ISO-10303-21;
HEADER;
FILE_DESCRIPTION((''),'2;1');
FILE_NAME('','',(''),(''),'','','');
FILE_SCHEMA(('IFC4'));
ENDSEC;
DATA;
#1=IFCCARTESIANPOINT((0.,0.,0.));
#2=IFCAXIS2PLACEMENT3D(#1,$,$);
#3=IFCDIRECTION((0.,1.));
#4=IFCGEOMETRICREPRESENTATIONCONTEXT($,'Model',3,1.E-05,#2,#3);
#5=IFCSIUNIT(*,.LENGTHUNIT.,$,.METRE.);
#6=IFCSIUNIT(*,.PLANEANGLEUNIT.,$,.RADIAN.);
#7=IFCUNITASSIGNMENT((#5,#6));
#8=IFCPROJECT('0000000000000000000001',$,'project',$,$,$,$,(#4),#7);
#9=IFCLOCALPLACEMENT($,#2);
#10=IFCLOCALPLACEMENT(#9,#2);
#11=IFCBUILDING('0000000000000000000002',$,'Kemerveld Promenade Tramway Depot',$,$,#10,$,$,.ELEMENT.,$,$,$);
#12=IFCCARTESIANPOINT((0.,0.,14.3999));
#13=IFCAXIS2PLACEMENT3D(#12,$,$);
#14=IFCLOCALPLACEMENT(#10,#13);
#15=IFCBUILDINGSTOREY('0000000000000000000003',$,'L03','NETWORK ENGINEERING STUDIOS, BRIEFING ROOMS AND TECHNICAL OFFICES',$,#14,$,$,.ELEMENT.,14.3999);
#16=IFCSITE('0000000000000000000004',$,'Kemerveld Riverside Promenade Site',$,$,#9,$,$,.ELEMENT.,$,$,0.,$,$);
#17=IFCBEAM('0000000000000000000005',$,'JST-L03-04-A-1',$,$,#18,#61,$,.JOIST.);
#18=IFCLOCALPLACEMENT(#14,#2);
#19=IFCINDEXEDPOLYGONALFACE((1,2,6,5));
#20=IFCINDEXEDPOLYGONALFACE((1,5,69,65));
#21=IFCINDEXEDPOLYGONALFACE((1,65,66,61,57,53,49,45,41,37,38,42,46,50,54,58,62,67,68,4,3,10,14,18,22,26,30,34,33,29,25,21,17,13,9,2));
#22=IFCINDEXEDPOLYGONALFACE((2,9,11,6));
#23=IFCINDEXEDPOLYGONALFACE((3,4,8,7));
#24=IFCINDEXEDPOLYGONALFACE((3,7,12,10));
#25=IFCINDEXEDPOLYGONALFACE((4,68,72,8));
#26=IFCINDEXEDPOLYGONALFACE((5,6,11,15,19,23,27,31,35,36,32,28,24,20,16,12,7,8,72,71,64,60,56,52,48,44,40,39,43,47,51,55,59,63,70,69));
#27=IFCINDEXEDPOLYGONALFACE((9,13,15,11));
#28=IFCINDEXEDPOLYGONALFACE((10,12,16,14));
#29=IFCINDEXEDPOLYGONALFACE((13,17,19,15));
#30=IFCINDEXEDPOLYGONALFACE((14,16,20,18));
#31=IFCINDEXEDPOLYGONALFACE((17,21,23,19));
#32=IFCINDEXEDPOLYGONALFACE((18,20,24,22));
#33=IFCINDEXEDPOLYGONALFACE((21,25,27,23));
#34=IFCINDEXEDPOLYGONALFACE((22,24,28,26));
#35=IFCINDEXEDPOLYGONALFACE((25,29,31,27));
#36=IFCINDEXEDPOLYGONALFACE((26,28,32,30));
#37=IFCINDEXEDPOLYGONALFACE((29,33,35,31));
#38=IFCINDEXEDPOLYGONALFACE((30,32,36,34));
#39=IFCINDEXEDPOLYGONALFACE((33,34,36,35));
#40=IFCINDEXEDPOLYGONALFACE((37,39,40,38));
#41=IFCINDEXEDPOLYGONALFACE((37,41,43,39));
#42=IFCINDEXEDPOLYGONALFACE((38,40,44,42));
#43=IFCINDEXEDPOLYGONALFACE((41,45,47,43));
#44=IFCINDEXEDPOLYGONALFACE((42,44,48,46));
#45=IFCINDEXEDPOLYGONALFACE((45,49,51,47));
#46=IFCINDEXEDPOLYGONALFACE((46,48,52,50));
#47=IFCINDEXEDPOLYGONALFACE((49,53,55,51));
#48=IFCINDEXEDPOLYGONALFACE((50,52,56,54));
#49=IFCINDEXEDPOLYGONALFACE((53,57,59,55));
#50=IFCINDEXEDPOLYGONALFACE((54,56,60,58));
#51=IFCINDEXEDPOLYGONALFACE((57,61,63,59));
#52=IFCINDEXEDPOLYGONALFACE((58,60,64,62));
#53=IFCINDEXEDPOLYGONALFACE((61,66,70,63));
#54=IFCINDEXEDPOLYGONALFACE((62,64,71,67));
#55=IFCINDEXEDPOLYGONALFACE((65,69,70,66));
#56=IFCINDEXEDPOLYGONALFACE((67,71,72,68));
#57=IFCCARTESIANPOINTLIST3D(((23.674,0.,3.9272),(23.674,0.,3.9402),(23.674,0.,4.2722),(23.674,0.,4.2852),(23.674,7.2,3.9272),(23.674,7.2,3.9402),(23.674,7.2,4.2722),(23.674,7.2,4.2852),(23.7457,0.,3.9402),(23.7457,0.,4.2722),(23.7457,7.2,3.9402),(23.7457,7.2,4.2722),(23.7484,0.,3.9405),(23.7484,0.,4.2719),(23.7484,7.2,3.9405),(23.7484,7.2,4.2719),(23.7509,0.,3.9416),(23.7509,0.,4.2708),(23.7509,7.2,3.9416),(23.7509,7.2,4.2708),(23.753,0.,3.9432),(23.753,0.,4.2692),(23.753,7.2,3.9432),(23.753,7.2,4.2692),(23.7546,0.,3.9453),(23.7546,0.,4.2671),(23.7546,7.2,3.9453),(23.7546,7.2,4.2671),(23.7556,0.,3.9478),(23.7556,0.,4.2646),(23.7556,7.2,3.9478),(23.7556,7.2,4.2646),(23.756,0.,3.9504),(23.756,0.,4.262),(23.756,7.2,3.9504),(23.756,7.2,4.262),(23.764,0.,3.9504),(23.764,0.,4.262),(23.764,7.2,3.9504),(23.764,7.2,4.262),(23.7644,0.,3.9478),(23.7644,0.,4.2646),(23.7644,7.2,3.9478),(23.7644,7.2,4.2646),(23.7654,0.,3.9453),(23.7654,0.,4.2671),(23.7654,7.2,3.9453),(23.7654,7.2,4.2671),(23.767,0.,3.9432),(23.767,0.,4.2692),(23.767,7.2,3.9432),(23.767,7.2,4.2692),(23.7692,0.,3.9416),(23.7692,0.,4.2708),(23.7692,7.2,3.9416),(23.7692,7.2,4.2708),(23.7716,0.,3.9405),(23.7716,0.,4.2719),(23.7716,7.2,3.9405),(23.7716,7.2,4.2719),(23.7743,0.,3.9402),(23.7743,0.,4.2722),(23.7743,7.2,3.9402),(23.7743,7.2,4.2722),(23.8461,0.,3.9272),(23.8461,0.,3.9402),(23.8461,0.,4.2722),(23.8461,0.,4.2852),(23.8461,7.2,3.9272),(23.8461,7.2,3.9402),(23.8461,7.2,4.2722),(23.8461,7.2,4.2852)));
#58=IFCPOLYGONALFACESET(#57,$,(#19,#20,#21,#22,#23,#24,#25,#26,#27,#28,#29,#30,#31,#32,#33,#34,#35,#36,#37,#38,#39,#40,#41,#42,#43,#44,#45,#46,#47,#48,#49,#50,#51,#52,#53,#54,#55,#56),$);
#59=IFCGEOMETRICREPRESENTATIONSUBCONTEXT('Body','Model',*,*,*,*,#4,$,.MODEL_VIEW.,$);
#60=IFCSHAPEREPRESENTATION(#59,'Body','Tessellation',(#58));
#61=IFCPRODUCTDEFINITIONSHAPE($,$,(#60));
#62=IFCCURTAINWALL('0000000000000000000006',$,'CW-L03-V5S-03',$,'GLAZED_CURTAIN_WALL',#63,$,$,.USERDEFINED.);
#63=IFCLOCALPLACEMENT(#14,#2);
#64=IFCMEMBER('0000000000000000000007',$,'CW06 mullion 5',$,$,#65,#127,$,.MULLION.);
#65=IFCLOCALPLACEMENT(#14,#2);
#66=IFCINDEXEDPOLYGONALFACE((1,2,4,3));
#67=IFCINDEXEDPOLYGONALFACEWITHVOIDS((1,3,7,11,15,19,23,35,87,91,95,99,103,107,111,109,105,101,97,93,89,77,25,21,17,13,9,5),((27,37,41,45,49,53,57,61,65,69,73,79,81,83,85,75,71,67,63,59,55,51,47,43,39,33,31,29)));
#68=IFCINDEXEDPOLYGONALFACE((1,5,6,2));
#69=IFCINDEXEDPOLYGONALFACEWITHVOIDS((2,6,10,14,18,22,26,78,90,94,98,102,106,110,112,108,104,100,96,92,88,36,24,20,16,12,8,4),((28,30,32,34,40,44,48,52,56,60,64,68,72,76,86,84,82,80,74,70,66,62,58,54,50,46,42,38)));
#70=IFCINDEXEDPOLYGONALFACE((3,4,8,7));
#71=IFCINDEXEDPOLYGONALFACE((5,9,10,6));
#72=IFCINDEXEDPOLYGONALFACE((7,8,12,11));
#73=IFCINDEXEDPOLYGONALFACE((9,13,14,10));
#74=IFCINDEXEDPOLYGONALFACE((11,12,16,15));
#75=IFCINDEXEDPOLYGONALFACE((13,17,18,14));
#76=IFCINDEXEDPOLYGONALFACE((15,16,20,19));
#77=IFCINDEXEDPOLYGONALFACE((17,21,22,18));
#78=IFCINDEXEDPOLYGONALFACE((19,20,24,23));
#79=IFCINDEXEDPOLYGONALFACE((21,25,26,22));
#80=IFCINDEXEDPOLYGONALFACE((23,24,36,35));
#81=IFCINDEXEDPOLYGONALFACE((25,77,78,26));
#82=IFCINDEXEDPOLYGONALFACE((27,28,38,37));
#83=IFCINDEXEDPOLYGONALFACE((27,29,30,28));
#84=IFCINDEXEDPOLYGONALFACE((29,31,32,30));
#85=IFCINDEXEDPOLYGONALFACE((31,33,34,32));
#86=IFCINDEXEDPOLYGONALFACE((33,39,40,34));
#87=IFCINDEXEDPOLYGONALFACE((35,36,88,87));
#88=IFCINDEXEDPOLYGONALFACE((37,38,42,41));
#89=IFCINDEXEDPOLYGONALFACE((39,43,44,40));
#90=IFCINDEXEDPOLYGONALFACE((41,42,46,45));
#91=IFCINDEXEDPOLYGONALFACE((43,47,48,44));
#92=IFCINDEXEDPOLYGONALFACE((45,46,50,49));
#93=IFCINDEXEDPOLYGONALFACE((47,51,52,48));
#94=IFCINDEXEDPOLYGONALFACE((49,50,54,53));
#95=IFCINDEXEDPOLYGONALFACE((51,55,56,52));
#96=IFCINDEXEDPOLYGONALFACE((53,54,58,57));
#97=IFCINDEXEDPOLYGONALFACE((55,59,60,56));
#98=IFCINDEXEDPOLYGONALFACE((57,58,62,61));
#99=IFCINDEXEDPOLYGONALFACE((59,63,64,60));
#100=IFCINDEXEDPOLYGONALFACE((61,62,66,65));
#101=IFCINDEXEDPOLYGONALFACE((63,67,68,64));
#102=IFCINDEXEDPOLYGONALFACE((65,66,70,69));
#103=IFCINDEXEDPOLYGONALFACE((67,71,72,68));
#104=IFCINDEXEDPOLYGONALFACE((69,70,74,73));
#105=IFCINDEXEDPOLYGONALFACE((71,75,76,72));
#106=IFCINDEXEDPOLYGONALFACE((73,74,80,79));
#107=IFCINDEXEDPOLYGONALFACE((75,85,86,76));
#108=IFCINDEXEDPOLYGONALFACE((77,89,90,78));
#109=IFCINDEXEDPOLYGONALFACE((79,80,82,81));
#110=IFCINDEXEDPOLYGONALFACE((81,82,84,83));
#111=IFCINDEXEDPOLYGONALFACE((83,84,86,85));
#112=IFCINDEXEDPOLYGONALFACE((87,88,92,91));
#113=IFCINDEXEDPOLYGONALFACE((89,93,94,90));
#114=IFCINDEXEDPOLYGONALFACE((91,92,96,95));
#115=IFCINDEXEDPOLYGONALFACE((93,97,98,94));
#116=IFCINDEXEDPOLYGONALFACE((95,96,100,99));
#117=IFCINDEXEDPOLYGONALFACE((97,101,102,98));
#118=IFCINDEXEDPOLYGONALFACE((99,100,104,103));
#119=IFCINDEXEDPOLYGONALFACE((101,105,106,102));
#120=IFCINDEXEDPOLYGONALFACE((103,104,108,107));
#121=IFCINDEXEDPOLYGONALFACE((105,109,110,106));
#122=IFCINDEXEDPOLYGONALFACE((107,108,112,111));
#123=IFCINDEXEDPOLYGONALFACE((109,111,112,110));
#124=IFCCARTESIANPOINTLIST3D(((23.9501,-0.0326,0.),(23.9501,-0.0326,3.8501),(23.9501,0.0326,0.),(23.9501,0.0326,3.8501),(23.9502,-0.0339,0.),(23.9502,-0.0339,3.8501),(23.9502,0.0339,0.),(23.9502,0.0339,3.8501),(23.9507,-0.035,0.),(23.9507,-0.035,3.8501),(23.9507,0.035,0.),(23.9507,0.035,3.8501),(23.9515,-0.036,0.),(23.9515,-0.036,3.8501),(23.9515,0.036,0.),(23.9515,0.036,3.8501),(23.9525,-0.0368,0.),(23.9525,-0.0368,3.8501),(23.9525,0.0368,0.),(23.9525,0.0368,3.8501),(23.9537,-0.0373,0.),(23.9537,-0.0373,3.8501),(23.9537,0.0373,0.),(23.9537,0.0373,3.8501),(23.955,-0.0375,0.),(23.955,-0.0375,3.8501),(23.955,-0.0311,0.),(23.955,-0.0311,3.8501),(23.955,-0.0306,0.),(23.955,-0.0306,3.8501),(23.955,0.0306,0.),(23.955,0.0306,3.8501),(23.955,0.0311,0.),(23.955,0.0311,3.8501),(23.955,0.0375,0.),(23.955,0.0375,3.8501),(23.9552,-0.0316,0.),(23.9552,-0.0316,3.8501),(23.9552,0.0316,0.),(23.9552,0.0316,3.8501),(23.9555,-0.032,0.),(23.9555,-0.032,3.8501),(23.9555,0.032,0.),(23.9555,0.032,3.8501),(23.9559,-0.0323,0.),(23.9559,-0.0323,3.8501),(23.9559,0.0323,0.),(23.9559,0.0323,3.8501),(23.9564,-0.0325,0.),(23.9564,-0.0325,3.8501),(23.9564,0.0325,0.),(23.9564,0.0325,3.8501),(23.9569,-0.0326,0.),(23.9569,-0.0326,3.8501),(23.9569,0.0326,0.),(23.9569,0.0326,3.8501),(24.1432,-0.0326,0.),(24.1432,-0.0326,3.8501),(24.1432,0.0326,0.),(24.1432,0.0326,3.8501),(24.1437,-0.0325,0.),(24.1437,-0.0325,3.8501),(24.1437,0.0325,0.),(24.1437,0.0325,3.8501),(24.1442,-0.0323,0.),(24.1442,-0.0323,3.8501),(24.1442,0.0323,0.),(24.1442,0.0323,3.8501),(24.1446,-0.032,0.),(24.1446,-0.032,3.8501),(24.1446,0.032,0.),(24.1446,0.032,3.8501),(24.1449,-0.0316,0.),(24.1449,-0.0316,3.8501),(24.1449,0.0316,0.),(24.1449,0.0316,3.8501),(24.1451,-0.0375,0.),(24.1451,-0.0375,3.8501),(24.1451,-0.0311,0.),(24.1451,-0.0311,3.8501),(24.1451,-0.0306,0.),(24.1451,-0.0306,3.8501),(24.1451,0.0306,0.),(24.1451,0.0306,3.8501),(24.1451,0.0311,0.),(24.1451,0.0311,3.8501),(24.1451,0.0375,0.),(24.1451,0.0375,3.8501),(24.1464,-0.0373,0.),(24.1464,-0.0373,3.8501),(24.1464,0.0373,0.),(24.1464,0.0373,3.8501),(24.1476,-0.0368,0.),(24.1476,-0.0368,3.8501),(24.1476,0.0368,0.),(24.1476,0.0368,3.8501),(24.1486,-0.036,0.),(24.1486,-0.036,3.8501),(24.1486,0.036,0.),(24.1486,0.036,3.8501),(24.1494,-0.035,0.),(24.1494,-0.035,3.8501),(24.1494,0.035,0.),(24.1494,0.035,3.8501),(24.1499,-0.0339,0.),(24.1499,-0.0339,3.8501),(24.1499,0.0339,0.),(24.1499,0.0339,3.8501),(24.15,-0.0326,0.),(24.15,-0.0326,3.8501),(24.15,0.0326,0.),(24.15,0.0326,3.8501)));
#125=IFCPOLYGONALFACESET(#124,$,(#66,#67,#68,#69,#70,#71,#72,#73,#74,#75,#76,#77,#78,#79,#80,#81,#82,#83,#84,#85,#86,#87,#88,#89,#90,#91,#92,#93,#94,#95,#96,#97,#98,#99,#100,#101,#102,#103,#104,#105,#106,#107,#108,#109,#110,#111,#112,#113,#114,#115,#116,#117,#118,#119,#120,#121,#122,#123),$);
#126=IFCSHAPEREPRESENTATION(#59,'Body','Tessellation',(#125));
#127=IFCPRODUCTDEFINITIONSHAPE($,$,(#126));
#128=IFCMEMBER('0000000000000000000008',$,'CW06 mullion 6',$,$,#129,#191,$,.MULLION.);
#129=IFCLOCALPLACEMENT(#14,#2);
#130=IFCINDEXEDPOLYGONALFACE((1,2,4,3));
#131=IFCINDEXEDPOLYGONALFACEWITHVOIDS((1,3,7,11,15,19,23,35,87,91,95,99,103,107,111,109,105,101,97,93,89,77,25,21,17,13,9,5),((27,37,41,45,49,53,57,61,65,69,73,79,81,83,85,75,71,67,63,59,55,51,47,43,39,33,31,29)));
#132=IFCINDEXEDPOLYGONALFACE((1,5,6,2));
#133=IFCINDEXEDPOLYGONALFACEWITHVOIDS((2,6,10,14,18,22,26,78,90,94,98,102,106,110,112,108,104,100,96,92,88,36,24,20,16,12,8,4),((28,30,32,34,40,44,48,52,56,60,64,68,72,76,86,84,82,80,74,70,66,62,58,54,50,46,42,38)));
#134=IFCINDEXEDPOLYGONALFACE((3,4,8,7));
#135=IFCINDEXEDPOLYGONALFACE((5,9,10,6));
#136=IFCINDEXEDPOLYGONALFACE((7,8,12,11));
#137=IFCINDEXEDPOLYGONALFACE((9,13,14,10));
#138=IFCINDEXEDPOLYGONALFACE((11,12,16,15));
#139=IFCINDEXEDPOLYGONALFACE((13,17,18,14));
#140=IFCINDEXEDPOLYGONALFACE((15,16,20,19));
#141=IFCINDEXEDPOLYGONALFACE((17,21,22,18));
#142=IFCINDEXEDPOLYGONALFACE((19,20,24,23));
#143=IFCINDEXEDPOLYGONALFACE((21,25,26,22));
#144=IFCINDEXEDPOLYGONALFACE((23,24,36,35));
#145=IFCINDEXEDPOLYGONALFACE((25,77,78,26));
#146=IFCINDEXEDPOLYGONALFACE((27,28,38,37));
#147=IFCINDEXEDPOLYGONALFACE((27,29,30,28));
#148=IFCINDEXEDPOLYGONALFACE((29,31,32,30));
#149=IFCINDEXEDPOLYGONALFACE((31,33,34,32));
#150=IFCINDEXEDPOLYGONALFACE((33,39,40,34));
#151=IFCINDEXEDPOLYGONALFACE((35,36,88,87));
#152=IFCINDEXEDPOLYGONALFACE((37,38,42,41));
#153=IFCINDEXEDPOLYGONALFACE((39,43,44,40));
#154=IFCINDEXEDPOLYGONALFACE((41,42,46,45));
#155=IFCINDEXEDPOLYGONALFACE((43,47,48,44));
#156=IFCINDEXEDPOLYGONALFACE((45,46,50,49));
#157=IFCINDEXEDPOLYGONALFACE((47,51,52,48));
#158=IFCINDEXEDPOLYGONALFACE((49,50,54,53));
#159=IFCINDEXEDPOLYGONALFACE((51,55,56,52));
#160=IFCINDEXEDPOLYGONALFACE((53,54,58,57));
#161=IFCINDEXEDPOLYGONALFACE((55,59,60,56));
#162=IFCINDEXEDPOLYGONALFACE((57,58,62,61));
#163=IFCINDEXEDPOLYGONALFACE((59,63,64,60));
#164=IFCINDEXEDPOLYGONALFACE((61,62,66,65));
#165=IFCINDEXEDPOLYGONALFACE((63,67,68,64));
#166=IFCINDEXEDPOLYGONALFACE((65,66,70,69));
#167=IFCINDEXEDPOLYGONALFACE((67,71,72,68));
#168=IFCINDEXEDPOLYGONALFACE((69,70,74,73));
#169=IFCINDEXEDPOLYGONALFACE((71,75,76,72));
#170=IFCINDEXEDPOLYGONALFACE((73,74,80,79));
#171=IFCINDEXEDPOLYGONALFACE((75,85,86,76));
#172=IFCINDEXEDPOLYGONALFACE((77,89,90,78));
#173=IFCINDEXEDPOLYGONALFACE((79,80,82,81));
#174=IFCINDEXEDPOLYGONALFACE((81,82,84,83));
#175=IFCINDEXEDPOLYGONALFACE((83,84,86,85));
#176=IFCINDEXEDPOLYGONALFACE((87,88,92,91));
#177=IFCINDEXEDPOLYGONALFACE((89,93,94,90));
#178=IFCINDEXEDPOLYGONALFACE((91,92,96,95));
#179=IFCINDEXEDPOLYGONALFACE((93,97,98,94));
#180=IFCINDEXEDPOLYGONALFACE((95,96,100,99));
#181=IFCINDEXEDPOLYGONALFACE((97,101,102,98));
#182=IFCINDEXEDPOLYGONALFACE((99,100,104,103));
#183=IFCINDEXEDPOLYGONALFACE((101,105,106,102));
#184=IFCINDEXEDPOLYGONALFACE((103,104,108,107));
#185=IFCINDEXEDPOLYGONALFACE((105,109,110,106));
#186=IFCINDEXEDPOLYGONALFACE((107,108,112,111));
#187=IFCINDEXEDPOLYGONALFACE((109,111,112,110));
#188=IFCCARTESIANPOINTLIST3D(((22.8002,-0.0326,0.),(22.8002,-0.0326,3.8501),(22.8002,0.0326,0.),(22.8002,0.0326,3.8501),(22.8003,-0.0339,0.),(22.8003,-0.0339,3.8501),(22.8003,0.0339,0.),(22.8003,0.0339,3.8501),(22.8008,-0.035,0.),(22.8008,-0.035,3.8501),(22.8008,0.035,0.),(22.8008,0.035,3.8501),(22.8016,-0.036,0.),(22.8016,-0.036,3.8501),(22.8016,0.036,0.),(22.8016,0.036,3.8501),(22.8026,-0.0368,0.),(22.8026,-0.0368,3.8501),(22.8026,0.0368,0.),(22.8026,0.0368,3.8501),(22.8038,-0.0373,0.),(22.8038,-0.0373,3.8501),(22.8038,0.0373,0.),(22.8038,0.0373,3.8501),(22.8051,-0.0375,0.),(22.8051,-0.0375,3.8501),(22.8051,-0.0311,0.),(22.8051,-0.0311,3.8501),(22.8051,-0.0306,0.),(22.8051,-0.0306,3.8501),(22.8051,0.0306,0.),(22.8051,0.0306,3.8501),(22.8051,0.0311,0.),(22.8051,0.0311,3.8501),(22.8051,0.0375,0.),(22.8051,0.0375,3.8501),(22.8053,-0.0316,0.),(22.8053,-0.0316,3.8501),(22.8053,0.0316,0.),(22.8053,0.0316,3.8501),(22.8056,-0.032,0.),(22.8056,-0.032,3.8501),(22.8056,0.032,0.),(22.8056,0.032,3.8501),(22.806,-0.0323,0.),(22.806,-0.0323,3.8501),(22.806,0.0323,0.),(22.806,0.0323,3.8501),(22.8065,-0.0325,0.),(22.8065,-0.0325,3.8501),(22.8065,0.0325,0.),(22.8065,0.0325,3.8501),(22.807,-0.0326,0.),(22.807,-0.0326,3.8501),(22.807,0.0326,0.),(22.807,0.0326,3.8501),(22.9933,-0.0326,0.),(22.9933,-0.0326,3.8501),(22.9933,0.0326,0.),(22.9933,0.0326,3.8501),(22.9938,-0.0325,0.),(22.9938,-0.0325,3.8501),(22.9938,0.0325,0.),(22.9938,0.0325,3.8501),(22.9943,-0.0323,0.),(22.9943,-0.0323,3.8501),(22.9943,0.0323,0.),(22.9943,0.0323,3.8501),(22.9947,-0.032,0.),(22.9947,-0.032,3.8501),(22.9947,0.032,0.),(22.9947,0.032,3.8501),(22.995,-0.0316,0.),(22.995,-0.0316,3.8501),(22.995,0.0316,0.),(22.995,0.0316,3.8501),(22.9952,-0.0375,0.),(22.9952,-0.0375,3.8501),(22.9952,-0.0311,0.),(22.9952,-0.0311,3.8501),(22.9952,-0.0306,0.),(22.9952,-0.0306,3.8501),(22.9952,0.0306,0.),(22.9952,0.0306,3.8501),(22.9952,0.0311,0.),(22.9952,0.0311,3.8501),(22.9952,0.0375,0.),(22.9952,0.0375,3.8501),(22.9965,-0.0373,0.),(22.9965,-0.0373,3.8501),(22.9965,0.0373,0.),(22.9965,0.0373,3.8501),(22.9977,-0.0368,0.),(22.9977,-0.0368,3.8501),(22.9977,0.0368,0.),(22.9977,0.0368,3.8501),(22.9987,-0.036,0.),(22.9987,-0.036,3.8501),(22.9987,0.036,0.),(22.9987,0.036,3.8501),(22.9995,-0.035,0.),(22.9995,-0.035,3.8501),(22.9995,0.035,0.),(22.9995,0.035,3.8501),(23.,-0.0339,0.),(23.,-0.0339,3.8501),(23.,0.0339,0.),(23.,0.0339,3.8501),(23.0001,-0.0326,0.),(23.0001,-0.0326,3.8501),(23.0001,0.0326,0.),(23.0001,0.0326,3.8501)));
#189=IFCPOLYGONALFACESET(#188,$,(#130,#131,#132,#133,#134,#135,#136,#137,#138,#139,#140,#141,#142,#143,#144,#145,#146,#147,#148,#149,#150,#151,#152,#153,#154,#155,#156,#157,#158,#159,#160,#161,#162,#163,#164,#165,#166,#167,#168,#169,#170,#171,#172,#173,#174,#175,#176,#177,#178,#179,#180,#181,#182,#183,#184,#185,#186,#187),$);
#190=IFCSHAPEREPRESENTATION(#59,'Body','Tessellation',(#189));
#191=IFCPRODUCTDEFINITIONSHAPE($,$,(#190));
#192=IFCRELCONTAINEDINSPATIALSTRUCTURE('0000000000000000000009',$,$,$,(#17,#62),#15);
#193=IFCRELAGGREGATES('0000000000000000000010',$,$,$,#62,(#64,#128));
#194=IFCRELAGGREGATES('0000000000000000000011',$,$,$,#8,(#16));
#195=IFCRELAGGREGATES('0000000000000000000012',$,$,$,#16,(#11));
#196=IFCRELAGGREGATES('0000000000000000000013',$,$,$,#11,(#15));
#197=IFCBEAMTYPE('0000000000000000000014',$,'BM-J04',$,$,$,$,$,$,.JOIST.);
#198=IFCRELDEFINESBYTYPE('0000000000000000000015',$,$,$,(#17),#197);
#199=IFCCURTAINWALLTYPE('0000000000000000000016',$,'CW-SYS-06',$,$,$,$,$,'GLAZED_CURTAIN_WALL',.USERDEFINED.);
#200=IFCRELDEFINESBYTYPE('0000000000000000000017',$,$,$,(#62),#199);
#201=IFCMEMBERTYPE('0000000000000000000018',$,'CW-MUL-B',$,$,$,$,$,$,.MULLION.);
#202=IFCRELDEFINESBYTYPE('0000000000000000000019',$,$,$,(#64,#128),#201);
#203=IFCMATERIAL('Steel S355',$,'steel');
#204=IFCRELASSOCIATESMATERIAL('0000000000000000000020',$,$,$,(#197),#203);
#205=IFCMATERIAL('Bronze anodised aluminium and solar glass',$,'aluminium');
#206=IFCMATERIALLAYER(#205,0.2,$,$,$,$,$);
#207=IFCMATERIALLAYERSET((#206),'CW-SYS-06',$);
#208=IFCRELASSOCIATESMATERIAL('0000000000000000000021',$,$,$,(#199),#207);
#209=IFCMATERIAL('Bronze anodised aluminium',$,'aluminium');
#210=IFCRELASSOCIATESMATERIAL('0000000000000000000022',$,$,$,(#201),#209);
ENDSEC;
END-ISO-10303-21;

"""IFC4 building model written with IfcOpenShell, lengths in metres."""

from ifc_helpers import new_model, si_unit, direction, frame, origin, origin_2d, place, context, subcontext, project, spatial, hollow_rectangle, i_section, extrude, material, layer, layer_set, material_profile, profile_set, type_object, element, aggregate, save


model = new_model("IFC4")

# Units and contexts
model_context = context("Model", 3, precision=1e-05, world=origin(), true_north=direction((0.0, 1.0)))
body_context = subcontext(model_context, "Body", "Model", "MODEL_VIEW")
ifc_project = project(units=[si_unit("LENGTHUNIT", "METRE"), si_unit("PLANEANGLEUNIT", "RADIAN")], contexts=[model_context])

# Site, building, storey
site_placement = place(None, origin())
site = spatial("IfcSite", under=ifc_project, at=site_placement, Name="Kemerveld Riverside Promenade Site", CompositionType="ELEMENT", RefElevation=0.0)
building_placement = place(site_placement, origin())
building = spatial("IfcBuilding", under=site, at=building_placement, Name="Kemerveld Promenade Tramway Depot", CompositionType="ELEMENT")
storey_placement = place(building_placement, frame((0.0, 0.0, 14.3999)))
storey = spatial("IfcBuildingStorey", under=building, at=storey_placement, Name="L03", Description="NETWORK ENGINEERING STUDIOS, BRIEFING ROOMS AND TECHNICAL OFFICES", CompositionType="ELEMENT", Elevation=14.3999)

# Shared definitions
ifc_material_1 = material(Name="Steel S355", Category="steel")

# Beam
ifc_material_profile_1 = material_profile(ifc_material_1, i_section(OverallWidth=0.1721, OverallDepth=0.3579, WebThickness=0.0081, FlangeThickness=0.0129, FilletRadius=0.0103, at=origin_2d()), Name="356x171x57 UB")
ifc_profile_set_1 = profile_set([ifc_material_profile_1], Name="Steel S355")
beam_type_1 = type_object("IfcBeamType", Name="BM-J04", PredefinedType="JOIST", material=ifc_profile_set_1)
beam_1_placement = place(storey_placement, frame((23.76, 0.0, 4.1062), z_axis=(0.0, 1.0, 0.0), x_axis=(-1.0, 0.0, 0.0)))
element("IfcBeam", 1, at=beam_1_placement, inside=storey, type_object=beam_type_1, Name="JST-L03-04-A-1", PredefinedType="JOIST", context=body_context, shape_type="SweptSolid", body=[
    extrude(i_section(OverallWidth=0.1721, OverallDepth=0.3579, WebThickness=0.0081, FlangeThickness=0.0129, FilletRadius=0.0103, at=origin_2d()), origin(), (0.0, 0.0, 1.0), 7.2),
])

# Curtain wall, members
ifc_material_2 = material(Name="Bronze anodised aluminium and solar glass", Category="aluminium")
ifc_layer_1 = layer(ifc_material_2, 0.2)
ifc_layer_set_1 = layer_set([ifc_layer_1], Name="CW-SYS-06")
curtain_wall_type = type_object("IfcCurtainWallType", Name="CW-SYS-06", ElementType="GLAZED_CURTAIN_WALL", PredefinedType="USERDEFINED", material=ifc_layer_set_1)
curtain_wall_placement = place(storey_placement, origin())
curtain_wall = element("IfcCurtainWall", 2, at=curtain_wall_placement, inside=storey, type_object=curtain_wall_type, Name="CW-L03-V5S-03", ObjectType="GLAZED_CURTAIN_WALL", PredefinedType="USERDEFINED")
ifc_material_3 = material(Name="Bronze anodised aluminium", Category="aluminium")
ifc_material_profile_2 = material_profile(ifc_material_3, hollow_rectangle(XDim=0.075, YDim=0.2, WallThickness=0.0049, InnerFilletRadius=0.002, OuterFilletRadius=0.0049, at=origin_2d()), Name="CW-MUL-200x75")
ifc_profile_set_2 = profile_set([ifc_material_profile_2], Name="Bronze anodised aluminium")
member_type_1 = type_object("IfcMemberType", Name="CW-MUL-B", PredefinedType="MULLION", material=ifc_profile_set_2)
member_1_placement = place(storey_placement, frame((24.05, 0.0, 0.0), z_axis=(0.0, 0.0, 1.0), x_axis=(0.0, -1.0, 0.0)))
member_1 = element("IfcMember", 3, at=member_1_placement, type_object=member_type_1, Name="CW06 mullion 5", PredefinedType="MULLION", context=body_context, shape_type="SweptSolid", body=[
    extrude(hollow_rectangle(XDim=0.075, YDim=0.2, WallThickness=0.0049, InnerFilletRadius=0.002, OuterFilletRadius=0.0049, at=origin_2d()), origin(), (0.0, 0.0, 1.0), 3.8501),
])
member_2_placement = place(storey_placement, frame((22.9001, 0.0, 0.0), z_axis=(0.0, 0.0, 1.0), x_axis=(0.0, -1.0, 0.0)))
member_2 = element("IfcMember", 4, at=member_2_placement, type_object=member_type_1, Name="CW06 mullion 6", PredefinedType="MULLION", context=body_context, shape_type="SweptSolid", body=[
    extrude(hollow_rectangle(XDim=0.075, YDim=0.2, WallThickness=0.0049, InnerFilletRadius=0.002, OuterFilletRadius=0.0049, at=origin_2d()), origin(), (0.0, 0.0, 1.0), 3.8501),
])
aggregate(curtain_wall, [member_1, member_2])

save(model, "model.ifc")
